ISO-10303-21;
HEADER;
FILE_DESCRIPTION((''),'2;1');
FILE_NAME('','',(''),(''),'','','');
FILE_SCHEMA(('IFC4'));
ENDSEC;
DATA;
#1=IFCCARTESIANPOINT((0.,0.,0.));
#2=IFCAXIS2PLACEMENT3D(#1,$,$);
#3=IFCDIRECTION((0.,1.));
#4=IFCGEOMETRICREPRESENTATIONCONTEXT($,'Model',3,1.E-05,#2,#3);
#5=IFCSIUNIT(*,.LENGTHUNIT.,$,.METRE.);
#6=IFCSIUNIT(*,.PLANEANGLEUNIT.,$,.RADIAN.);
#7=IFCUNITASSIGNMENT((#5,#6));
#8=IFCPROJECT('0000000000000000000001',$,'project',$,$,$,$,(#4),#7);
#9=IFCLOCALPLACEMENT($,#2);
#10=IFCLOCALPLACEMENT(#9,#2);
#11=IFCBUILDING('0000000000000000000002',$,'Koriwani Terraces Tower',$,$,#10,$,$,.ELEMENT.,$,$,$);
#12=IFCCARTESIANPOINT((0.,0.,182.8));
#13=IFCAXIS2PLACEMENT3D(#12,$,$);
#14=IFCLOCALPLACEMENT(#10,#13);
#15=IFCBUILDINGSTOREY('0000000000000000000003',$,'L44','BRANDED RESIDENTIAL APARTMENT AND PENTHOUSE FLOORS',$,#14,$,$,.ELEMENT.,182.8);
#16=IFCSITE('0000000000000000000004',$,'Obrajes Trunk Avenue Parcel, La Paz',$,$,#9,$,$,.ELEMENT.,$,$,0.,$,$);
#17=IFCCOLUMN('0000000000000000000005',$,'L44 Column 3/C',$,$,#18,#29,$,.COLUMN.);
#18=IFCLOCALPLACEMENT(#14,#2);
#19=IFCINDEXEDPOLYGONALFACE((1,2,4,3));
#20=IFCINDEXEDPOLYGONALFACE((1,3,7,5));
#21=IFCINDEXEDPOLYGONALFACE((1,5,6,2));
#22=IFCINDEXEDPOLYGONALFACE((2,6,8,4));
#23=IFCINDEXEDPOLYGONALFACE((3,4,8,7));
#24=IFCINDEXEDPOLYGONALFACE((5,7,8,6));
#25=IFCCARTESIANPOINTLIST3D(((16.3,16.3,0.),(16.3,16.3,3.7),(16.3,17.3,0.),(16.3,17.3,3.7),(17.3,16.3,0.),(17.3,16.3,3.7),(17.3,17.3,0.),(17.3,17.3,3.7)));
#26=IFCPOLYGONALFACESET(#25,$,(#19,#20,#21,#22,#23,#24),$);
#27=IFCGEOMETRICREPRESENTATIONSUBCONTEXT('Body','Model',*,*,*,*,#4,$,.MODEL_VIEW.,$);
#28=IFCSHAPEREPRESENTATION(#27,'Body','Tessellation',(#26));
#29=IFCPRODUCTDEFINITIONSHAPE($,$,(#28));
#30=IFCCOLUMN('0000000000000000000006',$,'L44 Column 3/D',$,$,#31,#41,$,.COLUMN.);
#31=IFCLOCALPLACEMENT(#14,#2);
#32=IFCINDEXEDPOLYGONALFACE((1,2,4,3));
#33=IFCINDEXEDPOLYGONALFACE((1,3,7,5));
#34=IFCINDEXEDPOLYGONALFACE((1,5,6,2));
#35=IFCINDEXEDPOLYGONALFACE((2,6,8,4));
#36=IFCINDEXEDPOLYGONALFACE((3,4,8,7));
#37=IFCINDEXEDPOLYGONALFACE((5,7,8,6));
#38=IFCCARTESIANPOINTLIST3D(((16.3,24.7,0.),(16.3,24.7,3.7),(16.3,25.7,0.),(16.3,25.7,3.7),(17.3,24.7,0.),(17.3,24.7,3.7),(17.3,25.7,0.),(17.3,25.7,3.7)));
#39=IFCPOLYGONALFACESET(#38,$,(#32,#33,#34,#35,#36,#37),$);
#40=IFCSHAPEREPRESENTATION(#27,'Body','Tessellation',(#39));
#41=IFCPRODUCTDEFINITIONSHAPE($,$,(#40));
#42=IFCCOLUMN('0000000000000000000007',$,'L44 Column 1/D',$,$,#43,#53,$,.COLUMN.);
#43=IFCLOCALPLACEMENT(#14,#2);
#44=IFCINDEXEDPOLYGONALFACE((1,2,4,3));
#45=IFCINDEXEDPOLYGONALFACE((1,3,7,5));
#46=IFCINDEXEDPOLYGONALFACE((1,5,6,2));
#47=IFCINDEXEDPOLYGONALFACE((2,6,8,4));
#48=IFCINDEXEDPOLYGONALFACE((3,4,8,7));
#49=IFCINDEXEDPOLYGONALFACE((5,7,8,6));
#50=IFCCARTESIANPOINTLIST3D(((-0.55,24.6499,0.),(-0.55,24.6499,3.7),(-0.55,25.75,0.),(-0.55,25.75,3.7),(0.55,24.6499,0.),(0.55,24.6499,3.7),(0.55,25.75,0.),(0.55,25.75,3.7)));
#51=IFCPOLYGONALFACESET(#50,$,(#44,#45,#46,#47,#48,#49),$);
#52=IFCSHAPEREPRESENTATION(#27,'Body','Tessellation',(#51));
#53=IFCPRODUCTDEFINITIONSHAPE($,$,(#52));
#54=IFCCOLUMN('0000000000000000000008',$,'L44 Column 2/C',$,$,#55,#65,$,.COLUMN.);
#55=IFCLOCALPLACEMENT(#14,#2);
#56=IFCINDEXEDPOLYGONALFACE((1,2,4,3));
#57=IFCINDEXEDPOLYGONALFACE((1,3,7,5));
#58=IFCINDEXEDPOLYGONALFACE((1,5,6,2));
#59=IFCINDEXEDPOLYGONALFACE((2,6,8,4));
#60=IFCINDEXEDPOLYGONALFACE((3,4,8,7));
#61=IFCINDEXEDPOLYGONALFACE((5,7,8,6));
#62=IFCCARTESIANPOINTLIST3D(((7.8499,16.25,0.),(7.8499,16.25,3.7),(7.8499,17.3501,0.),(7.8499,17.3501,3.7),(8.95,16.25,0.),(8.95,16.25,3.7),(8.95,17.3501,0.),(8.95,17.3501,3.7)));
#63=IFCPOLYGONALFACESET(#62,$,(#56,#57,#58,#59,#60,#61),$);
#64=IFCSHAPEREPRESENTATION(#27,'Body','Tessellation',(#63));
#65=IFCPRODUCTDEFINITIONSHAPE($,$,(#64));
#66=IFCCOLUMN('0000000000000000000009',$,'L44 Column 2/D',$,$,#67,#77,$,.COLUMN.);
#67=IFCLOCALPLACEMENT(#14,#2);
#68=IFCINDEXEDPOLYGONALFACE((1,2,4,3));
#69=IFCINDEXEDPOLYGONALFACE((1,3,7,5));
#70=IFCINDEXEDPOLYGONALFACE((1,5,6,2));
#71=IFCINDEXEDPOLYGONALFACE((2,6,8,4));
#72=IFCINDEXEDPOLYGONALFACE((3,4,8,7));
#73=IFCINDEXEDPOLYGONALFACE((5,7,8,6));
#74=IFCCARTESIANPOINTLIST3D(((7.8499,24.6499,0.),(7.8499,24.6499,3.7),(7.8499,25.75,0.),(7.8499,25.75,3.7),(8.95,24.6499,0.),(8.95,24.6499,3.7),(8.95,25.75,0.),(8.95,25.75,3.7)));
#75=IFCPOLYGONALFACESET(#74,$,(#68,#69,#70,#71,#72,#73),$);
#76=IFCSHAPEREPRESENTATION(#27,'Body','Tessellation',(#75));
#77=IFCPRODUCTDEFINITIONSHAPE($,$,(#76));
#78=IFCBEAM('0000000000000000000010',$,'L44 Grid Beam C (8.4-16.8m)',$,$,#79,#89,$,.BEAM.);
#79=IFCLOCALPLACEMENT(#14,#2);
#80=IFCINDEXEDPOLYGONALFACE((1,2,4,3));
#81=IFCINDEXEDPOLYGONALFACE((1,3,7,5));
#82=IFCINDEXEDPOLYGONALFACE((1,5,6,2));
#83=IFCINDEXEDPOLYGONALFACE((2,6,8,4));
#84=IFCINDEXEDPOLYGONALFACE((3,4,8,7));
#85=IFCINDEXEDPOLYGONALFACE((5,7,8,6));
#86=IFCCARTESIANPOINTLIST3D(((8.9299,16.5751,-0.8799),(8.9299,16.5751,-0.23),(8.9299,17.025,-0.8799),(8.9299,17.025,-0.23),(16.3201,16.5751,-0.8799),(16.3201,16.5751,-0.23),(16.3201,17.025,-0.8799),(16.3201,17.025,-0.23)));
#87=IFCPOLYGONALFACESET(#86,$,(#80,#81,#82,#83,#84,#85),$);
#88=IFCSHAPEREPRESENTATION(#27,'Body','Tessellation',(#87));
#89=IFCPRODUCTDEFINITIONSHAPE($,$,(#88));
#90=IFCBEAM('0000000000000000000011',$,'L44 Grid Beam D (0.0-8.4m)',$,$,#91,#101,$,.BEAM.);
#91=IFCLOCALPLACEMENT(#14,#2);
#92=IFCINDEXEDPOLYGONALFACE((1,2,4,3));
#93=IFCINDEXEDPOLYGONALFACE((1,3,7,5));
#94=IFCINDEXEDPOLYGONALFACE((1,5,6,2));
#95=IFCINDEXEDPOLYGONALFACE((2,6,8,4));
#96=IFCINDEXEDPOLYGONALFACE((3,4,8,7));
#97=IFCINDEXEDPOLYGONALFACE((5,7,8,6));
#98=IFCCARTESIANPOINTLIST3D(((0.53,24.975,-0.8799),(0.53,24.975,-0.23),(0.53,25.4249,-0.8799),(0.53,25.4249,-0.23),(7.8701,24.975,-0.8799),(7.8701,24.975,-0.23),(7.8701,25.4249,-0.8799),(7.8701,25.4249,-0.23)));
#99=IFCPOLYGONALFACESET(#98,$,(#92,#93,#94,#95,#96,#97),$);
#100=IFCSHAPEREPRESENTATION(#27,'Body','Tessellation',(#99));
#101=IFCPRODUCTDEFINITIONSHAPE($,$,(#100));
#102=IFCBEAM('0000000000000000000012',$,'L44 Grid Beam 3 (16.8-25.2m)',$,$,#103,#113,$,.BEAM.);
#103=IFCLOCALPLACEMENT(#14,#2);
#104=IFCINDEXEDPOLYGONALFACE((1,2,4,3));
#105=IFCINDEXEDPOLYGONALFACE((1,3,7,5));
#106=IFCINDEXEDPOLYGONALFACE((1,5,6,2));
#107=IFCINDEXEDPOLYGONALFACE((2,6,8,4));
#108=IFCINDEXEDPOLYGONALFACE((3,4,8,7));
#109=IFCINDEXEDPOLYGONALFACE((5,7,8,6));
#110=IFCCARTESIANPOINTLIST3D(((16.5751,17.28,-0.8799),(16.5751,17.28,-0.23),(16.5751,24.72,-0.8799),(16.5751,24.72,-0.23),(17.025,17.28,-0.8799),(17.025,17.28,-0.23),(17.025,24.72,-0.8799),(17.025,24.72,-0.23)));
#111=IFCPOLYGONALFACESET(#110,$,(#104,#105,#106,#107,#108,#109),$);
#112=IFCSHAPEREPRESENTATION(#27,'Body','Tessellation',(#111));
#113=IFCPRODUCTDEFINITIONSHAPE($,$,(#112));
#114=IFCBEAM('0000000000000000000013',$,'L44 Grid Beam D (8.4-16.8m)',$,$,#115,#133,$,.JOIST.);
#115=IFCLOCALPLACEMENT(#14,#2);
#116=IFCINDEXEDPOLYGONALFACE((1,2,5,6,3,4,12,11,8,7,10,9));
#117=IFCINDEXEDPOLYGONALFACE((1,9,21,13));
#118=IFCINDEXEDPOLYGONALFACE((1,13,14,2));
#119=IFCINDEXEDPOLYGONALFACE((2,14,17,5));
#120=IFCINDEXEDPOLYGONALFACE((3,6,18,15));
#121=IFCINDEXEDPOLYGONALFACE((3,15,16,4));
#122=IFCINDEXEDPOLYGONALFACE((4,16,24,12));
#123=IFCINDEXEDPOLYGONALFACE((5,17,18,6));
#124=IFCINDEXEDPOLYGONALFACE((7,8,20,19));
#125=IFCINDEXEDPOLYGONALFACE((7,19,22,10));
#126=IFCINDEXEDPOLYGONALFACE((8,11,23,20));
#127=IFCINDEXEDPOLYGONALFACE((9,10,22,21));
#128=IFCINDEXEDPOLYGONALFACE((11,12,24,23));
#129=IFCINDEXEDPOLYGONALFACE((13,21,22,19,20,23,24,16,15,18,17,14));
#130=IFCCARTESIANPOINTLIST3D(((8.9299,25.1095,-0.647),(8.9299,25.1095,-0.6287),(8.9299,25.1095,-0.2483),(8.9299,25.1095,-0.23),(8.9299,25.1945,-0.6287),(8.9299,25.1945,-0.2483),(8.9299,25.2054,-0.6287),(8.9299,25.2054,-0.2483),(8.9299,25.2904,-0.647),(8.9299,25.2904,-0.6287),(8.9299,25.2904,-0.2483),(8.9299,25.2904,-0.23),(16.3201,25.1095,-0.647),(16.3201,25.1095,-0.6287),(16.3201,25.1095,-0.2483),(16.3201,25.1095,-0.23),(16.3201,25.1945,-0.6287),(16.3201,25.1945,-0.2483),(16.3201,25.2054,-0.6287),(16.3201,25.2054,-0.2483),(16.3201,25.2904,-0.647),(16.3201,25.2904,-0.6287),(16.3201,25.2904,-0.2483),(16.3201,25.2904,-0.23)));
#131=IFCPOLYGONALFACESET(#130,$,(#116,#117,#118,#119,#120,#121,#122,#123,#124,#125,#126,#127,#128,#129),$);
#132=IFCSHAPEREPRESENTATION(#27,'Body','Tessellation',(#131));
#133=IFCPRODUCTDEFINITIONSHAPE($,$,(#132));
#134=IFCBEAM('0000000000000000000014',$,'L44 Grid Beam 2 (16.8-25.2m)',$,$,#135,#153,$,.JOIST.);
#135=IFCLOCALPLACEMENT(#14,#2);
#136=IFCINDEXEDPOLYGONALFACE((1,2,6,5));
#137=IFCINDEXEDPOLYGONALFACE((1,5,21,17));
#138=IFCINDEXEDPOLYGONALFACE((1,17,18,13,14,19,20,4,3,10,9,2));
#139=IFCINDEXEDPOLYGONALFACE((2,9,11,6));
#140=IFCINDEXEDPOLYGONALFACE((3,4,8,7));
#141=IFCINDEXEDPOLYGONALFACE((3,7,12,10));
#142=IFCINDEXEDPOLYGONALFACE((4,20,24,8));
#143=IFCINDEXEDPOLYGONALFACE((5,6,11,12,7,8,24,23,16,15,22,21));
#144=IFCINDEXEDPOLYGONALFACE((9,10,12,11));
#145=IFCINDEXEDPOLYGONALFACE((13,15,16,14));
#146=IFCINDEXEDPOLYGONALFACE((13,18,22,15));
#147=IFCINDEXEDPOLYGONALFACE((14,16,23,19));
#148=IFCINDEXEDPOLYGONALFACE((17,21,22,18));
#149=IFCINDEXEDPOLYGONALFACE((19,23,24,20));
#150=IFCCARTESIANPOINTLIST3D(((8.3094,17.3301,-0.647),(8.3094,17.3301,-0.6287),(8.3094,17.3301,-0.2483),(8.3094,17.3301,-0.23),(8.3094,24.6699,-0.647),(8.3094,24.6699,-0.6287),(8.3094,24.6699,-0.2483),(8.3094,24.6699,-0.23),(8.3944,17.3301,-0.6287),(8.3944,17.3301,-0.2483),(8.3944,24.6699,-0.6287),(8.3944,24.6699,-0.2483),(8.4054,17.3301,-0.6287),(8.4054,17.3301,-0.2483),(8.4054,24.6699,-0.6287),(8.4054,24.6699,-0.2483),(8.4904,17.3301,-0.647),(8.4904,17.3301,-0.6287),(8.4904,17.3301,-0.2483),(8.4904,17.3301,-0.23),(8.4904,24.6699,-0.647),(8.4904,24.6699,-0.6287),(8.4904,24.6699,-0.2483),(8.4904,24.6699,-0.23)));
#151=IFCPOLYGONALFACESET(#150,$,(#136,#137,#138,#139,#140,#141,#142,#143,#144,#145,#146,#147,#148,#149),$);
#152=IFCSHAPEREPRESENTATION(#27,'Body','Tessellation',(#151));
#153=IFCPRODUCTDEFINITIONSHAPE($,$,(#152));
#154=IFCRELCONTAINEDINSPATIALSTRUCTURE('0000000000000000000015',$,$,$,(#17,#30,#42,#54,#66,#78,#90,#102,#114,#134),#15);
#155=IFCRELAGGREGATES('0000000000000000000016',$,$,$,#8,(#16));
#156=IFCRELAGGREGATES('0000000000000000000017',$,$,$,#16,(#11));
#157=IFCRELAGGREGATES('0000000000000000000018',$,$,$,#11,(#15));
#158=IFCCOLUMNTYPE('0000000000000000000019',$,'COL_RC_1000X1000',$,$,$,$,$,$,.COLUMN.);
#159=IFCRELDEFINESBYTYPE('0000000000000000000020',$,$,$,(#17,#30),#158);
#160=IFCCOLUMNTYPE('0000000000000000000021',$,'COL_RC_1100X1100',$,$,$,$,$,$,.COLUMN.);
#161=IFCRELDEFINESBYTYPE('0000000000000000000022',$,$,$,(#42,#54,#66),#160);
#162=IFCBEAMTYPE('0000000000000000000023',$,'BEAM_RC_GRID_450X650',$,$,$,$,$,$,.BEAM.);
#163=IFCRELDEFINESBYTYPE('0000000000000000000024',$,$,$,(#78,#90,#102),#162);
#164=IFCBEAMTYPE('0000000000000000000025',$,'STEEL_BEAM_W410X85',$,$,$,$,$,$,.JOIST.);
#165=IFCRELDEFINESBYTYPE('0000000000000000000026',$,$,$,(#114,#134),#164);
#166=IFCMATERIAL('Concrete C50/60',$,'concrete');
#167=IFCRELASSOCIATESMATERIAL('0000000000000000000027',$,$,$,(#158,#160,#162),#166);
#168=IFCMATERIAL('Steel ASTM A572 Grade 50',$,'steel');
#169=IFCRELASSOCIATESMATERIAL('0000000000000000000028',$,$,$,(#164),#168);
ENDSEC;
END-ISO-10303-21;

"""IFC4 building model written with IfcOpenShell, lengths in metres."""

from ifc_helpers import new_model, si_unit, direction, frame, origin, origin_2d, place, context, subcontext, project, spatial, rectangle, i_section, extrude, material, material_profile, profile_set, type_object, element, save


model = new_model("IFC4")

# Units and contexts
model_context = context("Model", 3, precision=1e-05, world=origin(), true_north=direction((0.0, 1.0)))
body_context = subcontext(model_context, "Body", "Model", "MODEL_VIEW")
ifc_project = project(units=[si_unit("LENGTHUNIT", "METRE"), si_unit("PLANEANGLEUNIT", "RADIAN")], contexts=[model_context])

# Site, building, storey
site_placement = place(None, origin())
site = spatial("IfcSite", under=ifc_project, at=site_placement, Name="Obrajes Trunk Avenue Parcel, La Paz", CompositionType="ELEMENT", RefElevation=0.0)
building_placement = place(site_placement, origin())
building = spatial("IfcBuilding", under=site, at=building_placement, Name="Koriwani Terraces Tower", CompositionType="ELEMENT")
storey_placement = place(building_placement, frame((0.0, 0.0, 182.8)))
storey = spatial("IfcBuildingStorey", under=building, at=storey_placement, Name="L44", Description="BRANDED RESIDENTIAL APARTMENT AND PENTHOUSE FLOORS", CompositionType="ELEMENT", Elevation=182.8)

# Columns
ifc_material_1 = material(Name="Concrete C50/60", Category="concrete")
ifc_material_profile_1 = material_profile(ifc_material_1, rectangle(XDim=1.0, YDim=1.0, at=origin_2d()), Name="Concrete C50/60", Category="LoadBearing")
ifc_profile_set_1 = profile_set([ifc_material_profile_1], Name="Concrete C50/60")
column_type_1 = type_object("IfcColumnType", Name="COL_RC_1000X1000", PredefinedType="COLUMN", material=ifc_profile_set_1)
for number, where, z_axis, x_axis, name in (
    (1, (16.8, 16.8, 0.0), (0.0, 0.0, 1.0), (1.0, 0.0, 0.0), "L44 Column 3/C"),
    (2, (16.8, 25.2, 0.0), (0.0, 0.0, 1.0), (1.0, 0.0, 0.0), "L44 Column 3/D"),
):
    element("IfcColumn", number, at=place(storey_placement, frame(where, z_axis=z_axis, x_axis=x_axis)), inside=storey, type_object=column_type_1, Name=name, PredefinedType="COLUMN", context=body_context, shape_type="SweptSolid", body=[
        extrude(rectangle(XDim=1.0, YDim=1.0, at=origin_2d()), origin(), (0.0, 0.0, 1.0), 3.7),
    ])
ifc_material_profile_2 = material_profile(ifc_material_1, rectangle(XDim=1.1001, YDim=1.1001, at=origin_2d()), Name="Concrete C50/60", Category="LoadBearing")
ifc_profile_set_2 = profile_set([ifc_material_profile_2], Name="Concrete C50/60")
column_type_2 = type_object("IfcColumnType", Name="COL_RC_1100X1100", PredefinedType="COLUMN", material=ifc_profile_set_2)
for number, where, z_axis, x_axis, name in (
    (3, (0.0, 25.2, 0.0), (0.0, 0.0, 1.0), (1.0, 0.0, 0.0), "L44 Column 1/D"),
    (4, (8.3999, 16.8, 0.0), (0.0, 0.0, 1.0), (1.0, 0.0, 0.0), "L44 Column 2/C"),
    (5, (8.3999, 25.2, 0.0), (0.0, 0.0, 1.0), (1.0, 0.0, 0.0), "L44 Column 2/D"),
):
    element("IfcColumn", number, at=place(storey_placement, frame(where, z_axis=z_axis, x_axis=x_axis)), inside=storey, type_object=column_type_2, Name=name, PredefinedType="COLUMN", context=body_context, shape_type="SweptSolid", body=[
        extrude(rectangle(XDim=1.1001, YDim=1.1001, at=origin_2d()), origin(), (0.0, 0.0, 1.0), 3.7),
    ])

# Beams
ifc_material_profile_3 = material_profile(ifc_material_1, rectangle(XDim=0.45, YDim=0.6499, at=origin_2d()), Name="Concrete C50/60", Category="LoadBearing")
ifc_profile_set_3 = profile_set([ifc_material_profile_3], Name="Concrete C50/60")
beam_type_1 = type_object("IfcBeamType", Name="BEAM_RC_GRID_450X650", PredefinedType="BEAM", material=ifc_profile_set_3)
beam_1_placement = place(storey_placement, frame((8.9299, 16.8, -0.5549), z_axis=(1.0, 0.0, 0.0), x_axis=(0.0, 1.0, 0.0)))
element("IfcBeam", 6, at=beam_1_placement, inside=storey, type_object=beam_type_1, Name="L44 Grid Beam C (8.4-16.8m)", PredefinedType="BEAM", context=body_context, shape_type="SweptSolid", body=[
    extrude(rectangle(XDim=0.45, YDim=0.6499, at=origin_2d()), origin(), (0.0, 0.0, 1.0), 7.3901),
])
beam_2_placement = place(storey_placement, frame((0.53, 25.2, -0.5549), z_axis=(1.0, 0.0, 0.0), x_axis=(0.0, 1.0, 0.0)))
element("IfcBeam", 7, at=beam_2_placement, inside=storey, type_object=beam_type_1, Name="L44 Grid Beam D (0.0-8.4m)", PredefinedType="BEAM", context=body_context, shape_type="SweptSolid", body=[
    extrude(rectangle(XDim=0.45, YDim=0.6499, at=origin_2d()), origin(), (0.0, 0.0, 1.0), 7.3401),
])
beam_3_placement = place(storey_placement, frame((16.8, 17.28, -0.5549), z_axis=(0.0, 1.0, 0.0), x_axis=(-1.0, 0.0, 0.0)))
element("IfcBeam", 8, at=beam_3_placement, inside=storey, type_object=beam_type_1, Name="L44 Grid Beam 3 (16.8-25.2m)", PredefinedType="BEAM", context=body_context, shape_type="SweptSolid", body=[
    extrude(rectangle(XDim=0.45, YDim=0.6499, at=origin_2d()), origin(), (0.0, 0.0, 1.0), 7.4399),
])
ifc_material_2 = material(Name="Steel ASTM A572 Grade 50", Category="steel")
ifc_material_profile_4 = material_profile(ifc_material_2, i_section(OverallWidth=0.1809, OverallDepth=0.417, WebThickness=0.011, FlangeThickness=0.0183, at=origin_2d()), Name="Steel ASTM A572 Grade 50", Category="LoadBearing")
ifc_profile_set_4 = profile_set([ifc_material_profile_4], Name="Steel ASTM A572 Grade 50")
beam_type_2 = type_object("IfcBeamType", Name="STEEL_BEAM_W410X85", PredefinedType="JOIST", material=ifc_profile_set_4)
beam_4_placement = place(storey_placement, frame((8.9299, 25.2, -0.4385), z_axis=(1.0, 0.0, 0.0), x_axis=(0.0, 1.0, 0.0)))
element("IfcBeam", 9, at=beam_4_placement, inside=storey, type_object=beam_type_2, Name="L44 Grid Beam D (8.4-16.8m)", PredefinedType="JOIST", context=body_context, shape_type="SweptSolid", body=[
    extrude(i_section(OverallWidth=0.1809, OverallDepth=0.417, WebThickness=0.011, FlangeThickness=0.0183, at=origin_2d()), origin(), (0.0, 0.0, 1.0), 7.3901),
])
beam_5_placement = place(storey_placement, frame((8.3999, 17.3301, -0.4385), z_axis=(0.0, 1.0, 0.0), x_axis=(-1.0, 0.0, 0.0)))
element("IfcBeam", 10, at=beam_5_placement, inside=storey, type_object=beam_type_2, Name="L44 Grid Beam 2 (16.8-25.2m)", PredefinedType="JOIST", context=body_context, shape_type="SweptSolid", body=[
    extrude(i_section(OverallWidth=0.1809, OverallDepth=0.417, WebThickness=0.011, FlangeThickness=0.0183, at=origin_2d()), origin(), (0.0, 0.0, 1.0), 7.3398),
])

save(model, "model.ifc")
